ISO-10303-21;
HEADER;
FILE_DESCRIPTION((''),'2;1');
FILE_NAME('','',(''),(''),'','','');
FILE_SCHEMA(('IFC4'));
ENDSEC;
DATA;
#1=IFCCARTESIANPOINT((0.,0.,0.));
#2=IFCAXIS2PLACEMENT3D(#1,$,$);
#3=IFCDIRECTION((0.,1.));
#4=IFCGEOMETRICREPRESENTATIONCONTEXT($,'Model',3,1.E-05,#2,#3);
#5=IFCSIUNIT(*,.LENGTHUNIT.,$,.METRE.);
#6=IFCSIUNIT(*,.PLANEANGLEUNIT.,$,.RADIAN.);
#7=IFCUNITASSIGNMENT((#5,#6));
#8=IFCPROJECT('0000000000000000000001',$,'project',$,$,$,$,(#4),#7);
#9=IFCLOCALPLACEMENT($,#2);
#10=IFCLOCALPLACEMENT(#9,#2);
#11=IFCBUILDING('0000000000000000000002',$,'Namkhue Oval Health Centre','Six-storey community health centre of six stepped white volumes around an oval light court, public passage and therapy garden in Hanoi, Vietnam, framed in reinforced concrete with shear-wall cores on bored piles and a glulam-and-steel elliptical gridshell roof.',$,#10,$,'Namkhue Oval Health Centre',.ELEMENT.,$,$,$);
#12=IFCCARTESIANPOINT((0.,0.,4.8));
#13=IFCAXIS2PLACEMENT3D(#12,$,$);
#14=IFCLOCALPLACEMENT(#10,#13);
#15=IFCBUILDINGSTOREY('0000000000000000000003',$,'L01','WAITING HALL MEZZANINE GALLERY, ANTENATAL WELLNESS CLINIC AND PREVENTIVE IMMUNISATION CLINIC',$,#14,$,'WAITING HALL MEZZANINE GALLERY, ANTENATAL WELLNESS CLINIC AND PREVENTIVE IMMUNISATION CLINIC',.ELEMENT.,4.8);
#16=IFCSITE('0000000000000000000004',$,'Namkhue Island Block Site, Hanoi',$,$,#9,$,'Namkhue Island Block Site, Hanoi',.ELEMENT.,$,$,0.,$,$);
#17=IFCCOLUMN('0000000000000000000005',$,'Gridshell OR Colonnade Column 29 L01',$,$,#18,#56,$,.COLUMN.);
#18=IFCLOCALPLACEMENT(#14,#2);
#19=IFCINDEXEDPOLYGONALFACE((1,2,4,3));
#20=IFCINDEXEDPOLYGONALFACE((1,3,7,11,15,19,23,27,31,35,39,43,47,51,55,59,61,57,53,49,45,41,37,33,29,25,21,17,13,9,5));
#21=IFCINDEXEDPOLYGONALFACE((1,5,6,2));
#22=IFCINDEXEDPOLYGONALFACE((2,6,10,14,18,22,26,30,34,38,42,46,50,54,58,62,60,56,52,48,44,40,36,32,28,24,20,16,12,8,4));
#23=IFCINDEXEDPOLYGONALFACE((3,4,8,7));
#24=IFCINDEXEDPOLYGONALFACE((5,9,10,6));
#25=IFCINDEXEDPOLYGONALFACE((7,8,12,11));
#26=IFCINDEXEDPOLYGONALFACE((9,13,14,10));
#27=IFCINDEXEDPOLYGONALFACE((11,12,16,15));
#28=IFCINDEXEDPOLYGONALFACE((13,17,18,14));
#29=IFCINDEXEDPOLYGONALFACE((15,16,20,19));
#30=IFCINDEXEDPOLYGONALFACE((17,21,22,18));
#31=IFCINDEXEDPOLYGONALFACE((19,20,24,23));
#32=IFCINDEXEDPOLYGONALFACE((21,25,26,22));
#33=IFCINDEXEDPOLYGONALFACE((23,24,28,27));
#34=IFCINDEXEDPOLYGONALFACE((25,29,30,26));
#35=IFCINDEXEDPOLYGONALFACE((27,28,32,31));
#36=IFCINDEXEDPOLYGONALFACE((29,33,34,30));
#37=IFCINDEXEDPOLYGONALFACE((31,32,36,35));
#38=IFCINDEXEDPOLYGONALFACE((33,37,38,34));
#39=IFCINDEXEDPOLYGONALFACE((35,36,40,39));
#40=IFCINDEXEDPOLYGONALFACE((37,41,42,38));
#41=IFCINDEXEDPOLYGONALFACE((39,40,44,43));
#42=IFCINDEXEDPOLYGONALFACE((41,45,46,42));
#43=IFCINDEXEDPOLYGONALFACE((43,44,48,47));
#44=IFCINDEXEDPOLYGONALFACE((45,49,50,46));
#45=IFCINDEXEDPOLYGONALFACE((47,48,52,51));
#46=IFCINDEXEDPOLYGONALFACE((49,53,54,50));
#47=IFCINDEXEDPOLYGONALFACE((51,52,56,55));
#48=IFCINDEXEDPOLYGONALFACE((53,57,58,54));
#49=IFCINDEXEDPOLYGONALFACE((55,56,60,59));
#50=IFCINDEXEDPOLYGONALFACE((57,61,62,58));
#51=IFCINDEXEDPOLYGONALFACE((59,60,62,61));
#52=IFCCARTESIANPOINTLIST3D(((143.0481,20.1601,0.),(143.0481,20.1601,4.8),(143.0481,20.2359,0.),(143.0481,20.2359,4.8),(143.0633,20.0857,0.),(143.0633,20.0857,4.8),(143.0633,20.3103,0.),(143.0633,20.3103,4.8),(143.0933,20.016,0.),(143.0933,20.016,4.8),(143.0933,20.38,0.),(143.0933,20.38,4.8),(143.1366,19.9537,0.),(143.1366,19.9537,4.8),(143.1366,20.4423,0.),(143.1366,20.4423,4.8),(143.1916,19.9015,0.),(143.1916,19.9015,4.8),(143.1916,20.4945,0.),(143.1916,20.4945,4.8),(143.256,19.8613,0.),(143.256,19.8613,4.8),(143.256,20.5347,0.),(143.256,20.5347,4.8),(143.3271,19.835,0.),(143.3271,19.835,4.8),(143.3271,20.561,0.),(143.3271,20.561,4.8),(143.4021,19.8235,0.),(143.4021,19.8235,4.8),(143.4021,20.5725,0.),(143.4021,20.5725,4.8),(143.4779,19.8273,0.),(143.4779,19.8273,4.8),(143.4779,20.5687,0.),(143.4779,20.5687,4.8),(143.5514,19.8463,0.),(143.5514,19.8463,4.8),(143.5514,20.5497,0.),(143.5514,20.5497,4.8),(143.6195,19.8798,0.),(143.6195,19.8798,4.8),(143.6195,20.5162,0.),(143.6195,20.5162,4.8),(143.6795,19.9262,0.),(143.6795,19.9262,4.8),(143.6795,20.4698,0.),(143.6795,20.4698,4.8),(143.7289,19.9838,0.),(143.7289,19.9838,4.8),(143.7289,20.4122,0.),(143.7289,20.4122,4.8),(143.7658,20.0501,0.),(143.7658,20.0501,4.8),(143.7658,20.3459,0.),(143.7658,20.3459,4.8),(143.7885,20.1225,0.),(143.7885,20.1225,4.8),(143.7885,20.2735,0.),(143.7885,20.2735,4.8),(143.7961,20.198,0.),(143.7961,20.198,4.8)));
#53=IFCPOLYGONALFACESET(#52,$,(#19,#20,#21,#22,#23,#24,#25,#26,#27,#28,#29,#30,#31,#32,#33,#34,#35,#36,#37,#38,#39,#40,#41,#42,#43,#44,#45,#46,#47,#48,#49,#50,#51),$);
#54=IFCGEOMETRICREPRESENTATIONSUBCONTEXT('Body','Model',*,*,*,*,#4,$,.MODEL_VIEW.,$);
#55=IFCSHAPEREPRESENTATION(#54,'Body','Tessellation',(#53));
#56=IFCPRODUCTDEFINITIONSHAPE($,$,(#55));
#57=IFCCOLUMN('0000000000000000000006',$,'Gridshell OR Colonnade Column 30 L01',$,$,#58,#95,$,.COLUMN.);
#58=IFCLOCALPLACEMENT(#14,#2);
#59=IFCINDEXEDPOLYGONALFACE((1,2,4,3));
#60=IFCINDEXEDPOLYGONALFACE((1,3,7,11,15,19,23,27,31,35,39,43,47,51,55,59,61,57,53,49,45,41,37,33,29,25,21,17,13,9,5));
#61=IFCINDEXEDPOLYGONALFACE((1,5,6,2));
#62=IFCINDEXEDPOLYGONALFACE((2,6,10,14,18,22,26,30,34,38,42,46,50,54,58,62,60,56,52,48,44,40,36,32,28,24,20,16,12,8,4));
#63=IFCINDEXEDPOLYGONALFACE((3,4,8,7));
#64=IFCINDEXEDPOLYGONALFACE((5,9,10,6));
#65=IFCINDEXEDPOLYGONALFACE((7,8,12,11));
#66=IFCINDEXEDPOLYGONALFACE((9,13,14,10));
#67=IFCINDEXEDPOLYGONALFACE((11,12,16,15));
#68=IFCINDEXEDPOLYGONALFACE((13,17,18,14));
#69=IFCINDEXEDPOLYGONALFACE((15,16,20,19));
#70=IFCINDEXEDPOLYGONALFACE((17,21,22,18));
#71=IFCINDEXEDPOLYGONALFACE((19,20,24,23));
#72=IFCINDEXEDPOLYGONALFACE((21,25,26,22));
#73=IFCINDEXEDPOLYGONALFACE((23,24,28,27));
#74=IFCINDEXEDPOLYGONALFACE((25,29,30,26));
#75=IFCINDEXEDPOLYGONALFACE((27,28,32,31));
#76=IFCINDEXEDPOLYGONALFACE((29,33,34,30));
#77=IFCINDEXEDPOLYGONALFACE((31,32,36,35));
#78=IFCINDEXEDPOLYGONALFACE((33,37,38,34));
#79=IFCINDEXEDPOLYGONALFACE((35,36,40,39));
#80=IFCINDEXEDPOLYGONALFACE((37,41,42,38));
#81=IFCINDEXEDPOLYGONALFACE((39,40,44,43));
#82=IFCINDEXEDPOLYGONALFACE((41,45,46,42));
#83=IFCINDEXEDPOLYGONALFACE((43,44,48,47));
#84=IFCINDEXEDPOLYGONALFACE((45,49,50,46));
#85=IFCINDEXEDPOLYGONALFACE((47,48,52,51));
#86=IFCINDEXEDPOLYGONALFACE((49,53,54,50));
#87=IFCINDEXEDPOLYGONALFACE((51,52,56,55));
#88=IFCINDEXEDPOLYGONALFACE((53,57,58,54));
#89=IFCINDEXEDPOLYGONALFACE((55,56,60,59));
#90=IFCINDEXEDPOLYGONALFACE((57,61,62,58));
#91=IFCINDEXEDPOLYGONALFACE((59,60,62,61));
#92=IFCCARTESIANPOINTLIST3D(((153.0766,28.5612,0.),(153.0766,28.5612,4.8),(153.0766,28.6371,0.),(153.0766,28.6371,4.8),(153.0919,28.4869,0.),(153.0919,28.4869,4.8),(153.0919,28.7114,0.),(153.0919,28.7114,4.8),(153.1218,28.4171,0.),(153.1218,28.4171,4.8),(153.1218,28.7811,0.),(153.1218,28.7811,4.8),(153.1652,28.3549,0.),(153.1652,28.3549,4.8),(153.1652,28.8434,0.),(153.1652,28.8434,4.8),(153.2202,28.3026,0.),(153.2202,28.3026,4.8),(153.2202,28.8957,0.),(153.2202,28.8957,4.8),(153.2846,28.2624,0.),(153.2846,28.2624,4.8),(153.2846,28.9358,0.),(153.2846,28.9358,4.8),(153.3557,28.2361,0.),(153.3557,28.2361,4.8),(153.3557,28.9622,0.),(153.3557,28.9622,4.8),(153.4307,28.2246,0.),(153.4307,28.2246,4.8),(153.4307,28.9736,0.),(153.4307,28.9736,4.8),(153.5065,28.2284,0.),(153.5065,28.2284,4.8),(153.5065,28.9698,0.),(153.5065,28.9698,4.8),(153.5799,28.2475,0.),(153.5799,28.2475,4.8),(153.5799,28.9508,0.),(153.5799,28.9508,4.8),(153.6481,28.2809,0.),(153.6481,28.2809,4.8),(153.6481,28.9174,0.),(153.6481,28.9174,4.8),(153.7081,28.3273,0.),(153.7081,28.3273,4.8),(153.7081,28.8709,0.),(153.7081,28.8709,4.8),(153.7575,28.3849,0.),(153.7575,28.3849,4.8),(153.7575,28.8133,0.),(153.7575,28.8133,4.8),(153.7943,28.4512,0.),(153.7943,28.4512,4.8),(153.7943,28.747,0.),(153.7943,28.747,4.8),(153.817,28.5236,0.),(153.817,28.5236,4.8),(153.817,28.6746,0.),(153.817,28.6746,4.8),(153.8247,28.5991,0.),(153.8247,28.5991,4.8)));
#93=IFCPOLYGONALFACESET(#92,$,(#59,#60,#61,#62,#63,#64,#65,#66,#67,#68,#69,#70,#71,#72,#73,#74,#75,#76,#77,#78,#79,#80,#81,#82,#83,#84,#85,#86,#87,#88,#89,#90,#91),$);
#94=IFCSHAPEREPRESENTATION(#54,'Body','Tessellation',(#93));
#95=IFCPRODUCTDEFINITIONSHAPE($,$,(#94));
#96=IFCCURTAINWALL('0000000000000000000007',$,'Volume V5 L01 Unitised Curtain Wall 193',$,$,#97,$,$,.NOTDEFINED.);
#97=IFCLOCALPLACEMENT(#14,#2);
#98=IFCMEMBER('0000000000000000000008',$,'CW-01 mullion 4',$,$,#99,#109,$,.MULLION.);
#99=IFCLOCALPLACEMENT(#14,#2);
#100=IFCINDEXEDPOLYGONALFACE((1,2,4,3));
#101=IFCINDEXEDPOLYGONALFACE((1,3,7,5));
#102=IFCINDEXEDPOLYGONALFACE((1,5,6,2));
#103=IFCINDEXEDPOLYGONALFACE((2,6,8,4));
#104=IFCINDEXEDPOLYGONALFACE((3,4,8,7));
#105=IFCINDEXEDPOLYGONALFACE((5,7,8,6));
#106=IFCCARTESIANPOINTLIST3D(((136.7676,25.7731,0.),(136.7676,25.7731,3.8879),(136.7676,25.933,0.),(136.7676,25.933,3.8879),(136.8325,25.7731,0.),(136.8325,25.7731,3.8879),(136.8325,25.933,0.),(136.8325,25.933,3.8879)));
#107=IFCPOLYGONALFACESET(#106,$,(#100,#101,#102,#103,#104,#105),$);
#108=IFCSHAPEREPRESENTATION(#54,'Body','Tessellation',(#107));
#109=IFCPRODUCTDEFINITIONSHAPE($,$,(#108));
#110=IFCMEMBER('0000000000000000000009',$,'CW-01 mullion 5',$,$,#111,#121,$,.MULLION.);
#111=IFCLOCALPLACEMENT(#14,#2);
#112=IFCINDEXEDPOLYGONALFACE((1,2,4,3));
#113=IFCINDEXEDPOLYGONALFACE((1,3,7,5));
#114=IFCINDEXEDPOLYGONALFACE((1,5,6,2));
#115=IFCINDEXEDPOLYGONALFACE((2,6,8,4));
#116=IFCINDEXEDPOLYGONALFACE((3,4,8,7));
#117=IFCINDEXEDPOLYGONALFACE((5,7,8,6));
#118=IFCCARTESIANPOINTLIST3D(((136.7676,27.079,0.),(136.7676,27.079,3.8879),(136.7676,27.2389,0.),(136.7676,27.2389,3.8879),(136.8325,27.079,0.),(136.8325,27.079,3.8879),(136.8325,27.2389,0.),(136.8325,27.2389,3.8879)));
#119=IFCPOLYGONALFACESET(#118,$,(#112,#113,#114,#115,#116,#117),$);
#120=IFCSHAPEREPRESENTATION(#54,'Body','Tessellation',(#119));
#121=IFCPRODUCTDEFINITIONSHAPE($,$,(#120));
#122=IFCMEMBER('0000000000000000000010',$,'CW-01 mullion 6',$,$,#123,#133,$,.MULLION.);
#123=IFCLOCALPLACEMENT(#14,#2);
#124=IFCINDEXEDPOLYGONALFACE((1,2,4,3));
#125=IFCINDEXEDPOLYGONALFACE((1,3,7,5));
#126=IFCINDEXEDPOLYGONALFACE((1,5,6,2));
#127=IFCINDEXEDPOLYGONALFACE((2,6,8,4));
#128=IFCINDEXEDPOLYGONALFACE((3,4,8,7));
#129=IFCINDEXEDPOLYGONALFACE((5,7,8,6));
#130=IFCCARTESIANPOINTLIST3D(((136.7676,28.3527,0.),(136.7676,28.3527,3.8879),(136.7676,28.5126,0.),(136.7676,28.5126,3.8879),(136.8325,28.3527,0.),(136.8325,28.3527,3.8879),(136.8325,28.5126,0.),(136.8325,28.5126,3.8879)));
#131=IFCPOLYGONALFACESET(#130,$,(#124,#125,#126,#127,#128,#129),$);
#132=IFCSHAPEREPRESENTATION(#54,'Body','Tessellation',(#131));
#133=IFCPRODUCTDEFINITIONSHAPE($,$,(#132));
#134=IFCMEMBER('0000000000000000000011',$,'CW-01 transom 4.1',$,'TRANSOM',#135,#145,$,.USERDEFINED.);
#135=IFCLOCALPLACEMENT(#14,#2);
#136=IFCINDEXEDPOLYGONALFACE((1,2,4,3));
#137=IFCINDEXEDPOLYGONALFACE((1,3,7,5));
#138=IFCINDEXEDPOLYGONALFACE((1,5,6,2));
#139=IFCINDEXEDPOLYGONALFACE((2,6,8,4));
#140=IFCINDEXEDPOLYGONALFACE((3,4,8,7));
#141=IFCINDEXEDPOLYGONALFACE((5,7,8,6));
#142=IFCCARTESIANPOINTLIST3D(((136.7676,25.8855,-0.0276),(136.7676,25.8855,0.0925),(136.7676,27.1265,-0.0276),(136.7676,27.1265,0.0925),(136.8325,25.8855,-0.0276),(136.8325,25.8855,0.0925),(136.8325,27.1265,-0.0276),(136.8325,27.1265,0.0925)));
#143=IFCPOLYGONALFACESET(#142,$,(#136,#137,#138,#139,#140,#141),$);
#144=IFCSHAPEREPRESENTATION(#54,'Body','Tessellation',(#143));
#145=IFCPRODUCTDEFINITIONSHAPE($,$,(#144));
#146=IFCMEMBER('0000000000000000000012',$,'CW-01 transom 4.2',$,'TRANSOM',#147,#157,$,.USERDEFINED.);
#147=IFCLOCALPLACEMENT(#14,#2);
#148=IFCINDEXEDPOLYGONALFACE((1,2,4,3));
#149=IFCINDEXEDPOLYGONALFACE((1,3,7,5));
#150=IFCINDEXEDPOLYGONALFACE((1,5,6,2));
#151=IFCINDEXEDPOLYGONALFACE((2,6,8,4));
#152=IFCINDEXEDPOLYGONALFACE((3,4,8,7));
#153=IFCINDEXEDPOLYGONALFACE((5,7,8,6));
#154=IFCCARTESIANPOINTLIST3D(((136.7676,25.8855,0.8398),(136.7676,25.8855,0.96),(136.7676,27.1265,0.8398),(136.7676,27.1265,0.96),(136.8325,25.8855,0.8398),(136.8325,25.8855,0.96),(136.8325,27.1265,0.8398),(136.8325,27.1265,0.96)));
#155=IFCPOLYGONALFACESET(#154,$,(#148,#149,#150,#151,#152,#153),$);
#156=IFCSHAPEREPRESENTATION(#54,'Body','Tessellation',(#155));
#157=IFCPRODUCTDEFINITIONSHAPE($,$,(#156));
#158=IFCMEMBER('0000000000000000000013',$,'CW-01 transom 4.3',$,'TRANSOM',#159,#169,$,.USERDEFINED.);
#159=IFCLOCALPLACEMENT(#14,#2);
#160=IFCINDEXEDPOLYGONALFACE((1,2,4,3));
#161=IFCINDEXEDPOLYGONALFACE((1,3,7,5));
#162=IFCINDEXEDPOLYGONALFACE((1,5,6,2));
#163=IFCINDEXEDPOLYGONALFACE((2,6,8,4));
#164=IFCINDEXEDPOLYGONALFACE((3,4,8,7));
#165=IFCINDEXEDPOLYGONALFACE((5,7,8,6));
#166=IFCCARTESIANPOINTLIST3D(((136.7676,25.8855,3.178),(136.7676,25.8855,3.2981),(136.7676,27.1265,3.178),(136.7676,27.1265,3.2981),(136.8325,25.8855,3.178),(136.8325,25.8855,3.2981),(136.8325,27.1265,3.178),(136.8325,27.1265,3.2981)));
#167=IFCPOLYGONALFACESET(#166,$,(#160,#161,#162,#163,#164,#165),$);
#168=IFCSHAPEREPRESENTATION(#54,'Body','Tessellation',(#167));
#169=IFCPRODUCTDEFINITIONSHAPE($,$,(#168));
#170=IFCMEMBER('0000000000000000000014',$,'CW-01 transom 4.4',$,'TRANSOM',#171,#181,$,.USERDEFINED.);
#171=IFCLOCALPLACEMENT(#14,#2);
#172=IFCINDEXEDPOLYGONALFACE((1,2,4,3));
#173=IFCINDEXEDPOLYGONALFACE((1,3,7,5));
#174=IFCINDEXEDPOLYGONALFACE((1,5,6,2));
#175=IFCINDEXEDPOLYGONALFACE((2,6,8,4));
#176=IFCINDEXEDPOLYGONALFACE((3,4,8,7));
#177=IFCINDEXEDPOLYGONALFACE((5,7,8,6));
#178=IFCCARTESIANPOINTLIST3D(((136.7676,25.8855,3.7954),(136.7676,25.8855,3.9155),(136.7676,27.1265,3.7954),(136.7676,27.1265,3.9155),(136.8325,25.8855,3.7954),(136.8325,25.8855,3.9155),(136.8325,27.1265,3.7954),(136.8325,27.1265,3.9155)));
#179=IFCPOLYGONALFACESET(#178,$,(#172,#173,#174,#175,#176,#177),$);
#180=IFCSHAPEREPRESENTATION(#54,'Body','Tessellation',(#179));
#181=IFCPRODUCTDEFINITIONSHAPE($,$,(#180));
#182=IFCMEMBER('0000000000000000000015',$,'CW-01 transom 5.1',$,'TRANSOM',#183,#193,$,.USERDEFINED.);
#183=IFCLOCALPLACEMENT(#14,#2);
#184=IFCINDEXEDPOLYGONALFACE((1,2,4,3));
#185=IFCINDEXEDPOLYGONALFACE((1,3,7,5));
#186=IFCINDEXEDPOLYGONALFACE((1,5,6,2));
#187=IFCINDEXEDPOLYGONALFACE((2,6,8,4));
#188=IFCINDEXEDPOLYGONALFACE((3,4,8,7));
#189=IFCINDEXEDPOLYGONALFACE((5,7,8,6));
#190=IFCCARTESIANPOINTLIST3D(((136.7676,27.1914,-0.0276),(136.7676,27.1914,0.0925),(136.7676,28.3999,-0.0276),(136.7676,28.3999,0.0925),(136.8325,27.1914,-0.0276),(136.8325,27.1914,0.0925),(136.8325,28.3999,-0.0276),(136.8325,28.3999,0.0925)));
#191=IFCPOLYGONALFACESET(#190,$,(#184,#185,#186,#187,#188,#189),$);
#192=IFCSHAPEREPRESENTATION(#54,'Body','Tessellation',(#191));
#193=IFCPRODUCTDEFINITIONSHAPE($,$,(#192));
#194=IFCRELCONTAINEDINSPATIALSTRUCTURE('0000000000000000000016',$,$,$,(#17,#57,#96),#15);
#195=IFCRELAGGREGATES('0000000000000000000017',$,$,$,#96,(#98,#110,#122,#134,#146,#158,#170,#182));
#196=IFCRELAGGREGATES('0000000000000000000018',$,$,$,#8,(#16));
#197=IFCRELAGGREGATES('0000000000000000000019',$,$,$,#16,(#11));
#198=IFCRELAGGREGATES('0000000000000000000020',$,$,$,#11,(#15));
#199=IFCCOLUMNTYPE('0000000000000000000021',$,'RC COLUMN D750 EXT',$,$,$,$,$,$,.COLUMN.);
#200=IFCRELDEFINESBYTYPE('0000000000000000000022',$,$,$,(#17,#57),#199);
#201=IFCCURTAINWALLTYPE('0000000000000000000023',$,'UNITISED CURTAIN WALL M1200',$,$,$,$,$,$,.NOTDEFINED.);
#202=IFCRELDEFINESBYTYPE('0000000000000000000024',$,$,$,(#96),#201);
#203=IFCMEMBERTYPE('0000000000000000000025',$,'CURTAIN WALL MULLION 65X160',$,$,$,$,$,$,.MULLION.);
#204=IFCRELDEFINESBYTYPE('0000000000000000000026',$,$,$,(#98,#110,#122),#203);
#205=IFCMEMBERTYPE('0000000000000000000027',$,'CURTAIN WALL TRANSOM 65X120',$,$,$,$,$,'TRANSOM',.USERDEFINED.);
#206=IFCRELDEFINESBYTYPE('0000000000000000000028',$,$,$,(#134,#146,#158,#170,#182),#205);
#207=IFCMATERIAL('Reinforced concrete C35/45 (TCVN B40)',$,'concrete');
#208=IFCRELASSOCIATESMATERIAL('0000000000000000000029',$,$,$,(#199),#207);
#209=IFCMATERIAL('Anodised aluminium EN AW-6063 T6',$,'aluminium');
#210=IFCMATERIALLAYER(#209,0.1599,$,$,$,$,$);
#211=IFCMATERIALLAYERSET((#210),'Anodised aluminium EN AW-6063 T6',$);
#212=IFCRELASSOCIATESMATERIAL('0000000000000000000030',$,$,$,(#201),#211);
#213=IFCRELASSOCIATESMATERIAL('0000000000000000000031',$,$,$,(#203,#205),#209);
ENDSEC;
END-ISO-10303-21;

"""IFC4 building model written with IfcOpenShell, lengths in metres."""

from ifc_helpers import new_model, si_unit, direction, frame, origin, origin_2d, place, context, subcontext, project, spatial, rectangle, circle, extrude, material, layer, layer_set, material_profile, profile_set, type_object, element, aggregate, save


model = new_model("IFC4")

# Units and contexts
model_context = context("Model", 3, precision=1e-05, world=origin(), true_north=direction((0.0, 1.0)))
body_context = subcontext(model_context, "Body", "Model", "MODEL_VIEW")
ifc_project = project(units=[si_unit("LENGTHUNIT", "METRE"), si_unit("PLANEANGLEUNIT", "RADIAN")], contexts=[model_context])

# Site, building, storey
site_placement = place(None, origin())
site = spatial("IfcSite", under=ifc_project, at=site_placement, Name="Namkhue Island Block Site, Hanoi", LongName="Namkhue Island Block Site, Hanoi", CompositionType="ELEMENT", RefElevation=0.0)
building_placement = place(site_placement, origin())
building = spatial("IfcBuilding", under=site, at=building_placement, Name="Namkhue Oval Health Centre", Description="Six-storey community health centre of six stepped white volumes around an oval light court, public passage and therapy garden in Hanoi, Vietnam, framed in reinforced concrete with shear-wall cores on bored piles and a glulam-and-steel elliptical gridshell roof.", LongName="Namkhue Oval Health Centre", CompositionType="ELEMENT")
storey_placement = place(building_placement, frame((0.0, 0.0, 4.8)))
storey = spatial("IfcBuildingStorey", under=building, at=storey_placement, Name="L01", Description="WAITING HALL MEZZANINE GALLERY, ANTENATAL WELLNESS CLINIC AND PREVENTIVE IMMUNISATION CLINIC", LongName="WAITING HALL MEZZANINE GALLERY, ANTENATAL WELLNESS CLINIC AND PREVENTIVE IMMUNISATION CLINIC", CompositionType="ELEMENT", Elevation=4.8)

# Columns
ifc_material_1 = material(Name="Reinforced concrete C35/45 (TCVN B40)", Category="concrete")
ifc_material_profile_1 = material_profile(ifc_material_1, circle(Radius=0.375, at=origin_2d()), Name="RC D750")
ifc_profile_set_1 = profile_set([ifc_material_profile_1], Name="Reinforced concrete C35/45 (TCVN B40)")
column_type = type_object("IfcColumnType", Name="RC COLUMN D750 EXT", PredefinedType="COLUMN", material=ifc_profile_set_1)
for number, where, z_axis, x_axis, name in (
    (1, (143.4211, 20.198, 0.0), (0.0, 0.0, 1.0), (1.0, 0.0, 0.0), "Gridshell OR Colonnade Column 29 L01"),
    (2, (153.4497, 28.5991, 0.0), (0.0, 0.0, 1.0), (1.0, 0.0, 0.0), "Gridshell OR Colonnade Column 30 L01"),
):
    element("IfcColumn", number, at=place(storey_placement, frame(where, z_axis=z_axis, x_axis=x_axis)), inside=storey, type_object=column_type, Name=name, PredefinedType="COLUMN", context=body_context, shape_type="SweptSolid", body=[
        extrude(circle(Radius=0.375, at=origin_2d()), origin(), (0.0, 0.0, 1.0), 4.8),
    ])

# Curtain wall, members
ifc_material_2 = material(Name="Anodised aluminium EN AW-6063 T6", Category="aluminium")
ifc_layer_1 = layer(ifc_material_2, 0.1599)
ifc_layer_set_1 = layer_set([ifc_layer_1], Name="Anodised aluminium EN AW-6063 T6")
curtain_wall_type = type_object("IfcCurtainWallType", Name="UNITISED CURTAIN WALL M1200", PredefinedType="NOTDEFINED", material=ifc_layer_set_1)
curtain_wall_placement = place(storey_placement, origin())
curtain_wall = element("IfcCurtainWall", 3, at=curtain_wall_placement, inside=storey, type_object=curtain_wall_type, Name="Volume V5 L01 Unitised Curtain Wall 193", PredefinedType="NOTDEFINED")
ifc_material_profile_2 = material_profile(ifc_material_2, rectangle(XDim=0.0649, YDim=0.1599, at=origin_2d()), Name="ALU 65x160")
ifc_profile_set_2 = profile_set([ifc_material_profile_2], Name="Anodised aluminium EN AW-6063 T6")
member_type_1 = type_object("IfcMemberType", Name="CURTAIN WALL MULLION 65X160", PredefinedType="MULLION", material=ifc_profile_set_2)
member_1_placement = place(storey_placement, frame((136.8, 25.853, 0.0), z_axis=(0.0, 0.0, 1.0), x_axis=(-1.0, 0.0, 0.0)))
member_1 = element("IfcMember", 4, at=member_1_placement, type_object=member_type_1, Name="CW-01 mullion 4", PredefinedType="MULLION", context=body_context, shape_type="SweptSolid", body=[
    extrude(rectangle(XDim=0.0649, YDim=0.1599, at=origin_2d()), origin(), (0.0, 0.0, 1.0), 3.8879),
])
member_2_placement = place(storey_placement, frame((136.8, 27.1589, 0.0), z_axis=(0.0, 0.0, 1.0), x_axis=(-1.0, 0.0, 0.0)))
member_2 = element("IfcMember", 5, at=member_2_placement, type_object=member_type_1, Name="CW-01 mullion 5", PredefinedType="MULLION", context=body_context, shape_type="SweptSolid", body=[
    extrude(rectangle(XDim=0.0649, YDim=0.1599, at=origin_2d()), origin(), (0.0, 0.0, 1.0), 3.8879),
])
member_3_placement = place(storey_placement, frame((136.8, 28.4326, 0.0), z_axis=(0.0, 0.0, 1.0), x_axis=(-1.0, 0.0, 0.0)))
member_3 = element("IfcMember", 6, at=member_3_placement, type_object=member_type_1, Name="CW-01 mullion 6", PredefinedType="MULLION", context=body_context, shape_type="SweptSolid", body=[
    extrude(rectangle(XDim=0.0649, YDim=0.1599, at=origin_2d()), origin(), (0.0, 0.0, 1.0), 3.8879),
])
ifc_material_profile_3 = material_profile(ifc_material_2, rectangle(XDim=0.0649, YDim=0.1201, at=origin_2d()), Name="ALU 65x120")
ifc_profile_set_3 = profile_set([ifc_material_profile_3], Name="Anodised aluminium EN AW-6063 T6")
member_type_2 = type_object("IfcMemberType", Name="CURTAIN WALL TRANSOM 65X120", ElementType="TRANSOM", PredefinedType="USERDEFINED", material=ifc_profile_set_3)
member_4_placement = place(storey_placement, frame((136.8, 25.8855, 0.0325), z_axis=(0.0, 1.0, 0.0), x_axis=(-1.0, 0.0, 0.0)))
member_4 = element("IfcMember", 7, at=member_4_placement, type_object=member_type_2, Name="CW-01 transom 4.1", ObjectType="TRANSOM", PredefinedType="USERDEFINED", context=body_context, shape_type="SweptSolid", body=[
    extrude(rectangle(XDim=0.0649, YDim=0.1201, at=origin_2d()), origin(), (0.0, 0.0, 1.0), 1.241),
])
member_5_placement = place(storey_placement, frame((136.8, 25.8855, 0.8999), z_axis=(0.0, 1.0, 0.0), x_axis=(-1.0, 0.0, 0.0)))
member_5 = element("IfcMember", 8, at=member_5_placement, type_object=member_type_2, Name="CW-01 transom 4.2", ObjectType="TRANSOM", PredefinedType="USERDEFINED", context=body_context, shape_type="SweptSolid", body=[
    extrude(rectangle(XDim=0.0649, YDim=0.1201, at=origin_2d()), origin(), (0.0, 0.0, 1.0), 1.241),
])
member_6_placement = place(storey_placement, frame((136.8, 25.8855, 3.238), z_axis=(0.0, 1.0, 0.0), x_axis=(-1.0, 0.0, 0.0)))
member_6 = element("IfcMember", 9, at=member_6_placement, type_object=member_type_2, Name="CW-01 transom 4.3", ObjectType="TRANSOM", PredefinedType="USERDEFINED", context=body_context, shape_type="SweptSolid", body=[
    extrude(rectangle(XDim=0.0649, YDim=0.1201, at=origin_2d()), origin(), (0.0, 0.0, 1.0), 1.241),
])
member_7_placement = place(storey_placement, frame((136.8, 25.8855, 3.8555), z_axis=(0.0, 1.0, 0.0), x_axis=(-1.0, 0.0, 0.0)))
member_7 = element("IfcMember", 10, at=member_7_placement, type_object=member_type_2, Name="CW-01 transom 4.4", ObjectType="TRANSOM", PredefinedType="USERDEFINED", context=body_context, shape_type="SweptSolid", body=[
    extrude(rectangle(XDim=0.0649, YDim=0.1201, at=origin_2d()), origin(), (0.0, 0.0, 1.0), 1.241),
])
member_8_placement = place(storey_placement, frame((136.8, 27.1914, 0.0325), z_axis=(0.0, 1.0, 0.0), x_axis=(-1.0, 0.0, 0.0)))
member_8 = element("IfcMember", 11, at=member_8_placement, type_object=member_type_2, Name="CW-01 transom 5.1", ObjectType="TRANSOM", PredefinedType="USERDEFINED", context=body_context, shape_type="SweptSolid", body=[
    extrude(rectangle(XDim=0.0649, YDim=0.1201, at=origin_2d()), origin(), (0.0, 0.0, 1.0), 1.2085),
])
aggregate(curtain_wall, [member_1, member_2, member_3, member_4, member_5, member_6, member_7, member_8])

save(model, "model.ifc")
